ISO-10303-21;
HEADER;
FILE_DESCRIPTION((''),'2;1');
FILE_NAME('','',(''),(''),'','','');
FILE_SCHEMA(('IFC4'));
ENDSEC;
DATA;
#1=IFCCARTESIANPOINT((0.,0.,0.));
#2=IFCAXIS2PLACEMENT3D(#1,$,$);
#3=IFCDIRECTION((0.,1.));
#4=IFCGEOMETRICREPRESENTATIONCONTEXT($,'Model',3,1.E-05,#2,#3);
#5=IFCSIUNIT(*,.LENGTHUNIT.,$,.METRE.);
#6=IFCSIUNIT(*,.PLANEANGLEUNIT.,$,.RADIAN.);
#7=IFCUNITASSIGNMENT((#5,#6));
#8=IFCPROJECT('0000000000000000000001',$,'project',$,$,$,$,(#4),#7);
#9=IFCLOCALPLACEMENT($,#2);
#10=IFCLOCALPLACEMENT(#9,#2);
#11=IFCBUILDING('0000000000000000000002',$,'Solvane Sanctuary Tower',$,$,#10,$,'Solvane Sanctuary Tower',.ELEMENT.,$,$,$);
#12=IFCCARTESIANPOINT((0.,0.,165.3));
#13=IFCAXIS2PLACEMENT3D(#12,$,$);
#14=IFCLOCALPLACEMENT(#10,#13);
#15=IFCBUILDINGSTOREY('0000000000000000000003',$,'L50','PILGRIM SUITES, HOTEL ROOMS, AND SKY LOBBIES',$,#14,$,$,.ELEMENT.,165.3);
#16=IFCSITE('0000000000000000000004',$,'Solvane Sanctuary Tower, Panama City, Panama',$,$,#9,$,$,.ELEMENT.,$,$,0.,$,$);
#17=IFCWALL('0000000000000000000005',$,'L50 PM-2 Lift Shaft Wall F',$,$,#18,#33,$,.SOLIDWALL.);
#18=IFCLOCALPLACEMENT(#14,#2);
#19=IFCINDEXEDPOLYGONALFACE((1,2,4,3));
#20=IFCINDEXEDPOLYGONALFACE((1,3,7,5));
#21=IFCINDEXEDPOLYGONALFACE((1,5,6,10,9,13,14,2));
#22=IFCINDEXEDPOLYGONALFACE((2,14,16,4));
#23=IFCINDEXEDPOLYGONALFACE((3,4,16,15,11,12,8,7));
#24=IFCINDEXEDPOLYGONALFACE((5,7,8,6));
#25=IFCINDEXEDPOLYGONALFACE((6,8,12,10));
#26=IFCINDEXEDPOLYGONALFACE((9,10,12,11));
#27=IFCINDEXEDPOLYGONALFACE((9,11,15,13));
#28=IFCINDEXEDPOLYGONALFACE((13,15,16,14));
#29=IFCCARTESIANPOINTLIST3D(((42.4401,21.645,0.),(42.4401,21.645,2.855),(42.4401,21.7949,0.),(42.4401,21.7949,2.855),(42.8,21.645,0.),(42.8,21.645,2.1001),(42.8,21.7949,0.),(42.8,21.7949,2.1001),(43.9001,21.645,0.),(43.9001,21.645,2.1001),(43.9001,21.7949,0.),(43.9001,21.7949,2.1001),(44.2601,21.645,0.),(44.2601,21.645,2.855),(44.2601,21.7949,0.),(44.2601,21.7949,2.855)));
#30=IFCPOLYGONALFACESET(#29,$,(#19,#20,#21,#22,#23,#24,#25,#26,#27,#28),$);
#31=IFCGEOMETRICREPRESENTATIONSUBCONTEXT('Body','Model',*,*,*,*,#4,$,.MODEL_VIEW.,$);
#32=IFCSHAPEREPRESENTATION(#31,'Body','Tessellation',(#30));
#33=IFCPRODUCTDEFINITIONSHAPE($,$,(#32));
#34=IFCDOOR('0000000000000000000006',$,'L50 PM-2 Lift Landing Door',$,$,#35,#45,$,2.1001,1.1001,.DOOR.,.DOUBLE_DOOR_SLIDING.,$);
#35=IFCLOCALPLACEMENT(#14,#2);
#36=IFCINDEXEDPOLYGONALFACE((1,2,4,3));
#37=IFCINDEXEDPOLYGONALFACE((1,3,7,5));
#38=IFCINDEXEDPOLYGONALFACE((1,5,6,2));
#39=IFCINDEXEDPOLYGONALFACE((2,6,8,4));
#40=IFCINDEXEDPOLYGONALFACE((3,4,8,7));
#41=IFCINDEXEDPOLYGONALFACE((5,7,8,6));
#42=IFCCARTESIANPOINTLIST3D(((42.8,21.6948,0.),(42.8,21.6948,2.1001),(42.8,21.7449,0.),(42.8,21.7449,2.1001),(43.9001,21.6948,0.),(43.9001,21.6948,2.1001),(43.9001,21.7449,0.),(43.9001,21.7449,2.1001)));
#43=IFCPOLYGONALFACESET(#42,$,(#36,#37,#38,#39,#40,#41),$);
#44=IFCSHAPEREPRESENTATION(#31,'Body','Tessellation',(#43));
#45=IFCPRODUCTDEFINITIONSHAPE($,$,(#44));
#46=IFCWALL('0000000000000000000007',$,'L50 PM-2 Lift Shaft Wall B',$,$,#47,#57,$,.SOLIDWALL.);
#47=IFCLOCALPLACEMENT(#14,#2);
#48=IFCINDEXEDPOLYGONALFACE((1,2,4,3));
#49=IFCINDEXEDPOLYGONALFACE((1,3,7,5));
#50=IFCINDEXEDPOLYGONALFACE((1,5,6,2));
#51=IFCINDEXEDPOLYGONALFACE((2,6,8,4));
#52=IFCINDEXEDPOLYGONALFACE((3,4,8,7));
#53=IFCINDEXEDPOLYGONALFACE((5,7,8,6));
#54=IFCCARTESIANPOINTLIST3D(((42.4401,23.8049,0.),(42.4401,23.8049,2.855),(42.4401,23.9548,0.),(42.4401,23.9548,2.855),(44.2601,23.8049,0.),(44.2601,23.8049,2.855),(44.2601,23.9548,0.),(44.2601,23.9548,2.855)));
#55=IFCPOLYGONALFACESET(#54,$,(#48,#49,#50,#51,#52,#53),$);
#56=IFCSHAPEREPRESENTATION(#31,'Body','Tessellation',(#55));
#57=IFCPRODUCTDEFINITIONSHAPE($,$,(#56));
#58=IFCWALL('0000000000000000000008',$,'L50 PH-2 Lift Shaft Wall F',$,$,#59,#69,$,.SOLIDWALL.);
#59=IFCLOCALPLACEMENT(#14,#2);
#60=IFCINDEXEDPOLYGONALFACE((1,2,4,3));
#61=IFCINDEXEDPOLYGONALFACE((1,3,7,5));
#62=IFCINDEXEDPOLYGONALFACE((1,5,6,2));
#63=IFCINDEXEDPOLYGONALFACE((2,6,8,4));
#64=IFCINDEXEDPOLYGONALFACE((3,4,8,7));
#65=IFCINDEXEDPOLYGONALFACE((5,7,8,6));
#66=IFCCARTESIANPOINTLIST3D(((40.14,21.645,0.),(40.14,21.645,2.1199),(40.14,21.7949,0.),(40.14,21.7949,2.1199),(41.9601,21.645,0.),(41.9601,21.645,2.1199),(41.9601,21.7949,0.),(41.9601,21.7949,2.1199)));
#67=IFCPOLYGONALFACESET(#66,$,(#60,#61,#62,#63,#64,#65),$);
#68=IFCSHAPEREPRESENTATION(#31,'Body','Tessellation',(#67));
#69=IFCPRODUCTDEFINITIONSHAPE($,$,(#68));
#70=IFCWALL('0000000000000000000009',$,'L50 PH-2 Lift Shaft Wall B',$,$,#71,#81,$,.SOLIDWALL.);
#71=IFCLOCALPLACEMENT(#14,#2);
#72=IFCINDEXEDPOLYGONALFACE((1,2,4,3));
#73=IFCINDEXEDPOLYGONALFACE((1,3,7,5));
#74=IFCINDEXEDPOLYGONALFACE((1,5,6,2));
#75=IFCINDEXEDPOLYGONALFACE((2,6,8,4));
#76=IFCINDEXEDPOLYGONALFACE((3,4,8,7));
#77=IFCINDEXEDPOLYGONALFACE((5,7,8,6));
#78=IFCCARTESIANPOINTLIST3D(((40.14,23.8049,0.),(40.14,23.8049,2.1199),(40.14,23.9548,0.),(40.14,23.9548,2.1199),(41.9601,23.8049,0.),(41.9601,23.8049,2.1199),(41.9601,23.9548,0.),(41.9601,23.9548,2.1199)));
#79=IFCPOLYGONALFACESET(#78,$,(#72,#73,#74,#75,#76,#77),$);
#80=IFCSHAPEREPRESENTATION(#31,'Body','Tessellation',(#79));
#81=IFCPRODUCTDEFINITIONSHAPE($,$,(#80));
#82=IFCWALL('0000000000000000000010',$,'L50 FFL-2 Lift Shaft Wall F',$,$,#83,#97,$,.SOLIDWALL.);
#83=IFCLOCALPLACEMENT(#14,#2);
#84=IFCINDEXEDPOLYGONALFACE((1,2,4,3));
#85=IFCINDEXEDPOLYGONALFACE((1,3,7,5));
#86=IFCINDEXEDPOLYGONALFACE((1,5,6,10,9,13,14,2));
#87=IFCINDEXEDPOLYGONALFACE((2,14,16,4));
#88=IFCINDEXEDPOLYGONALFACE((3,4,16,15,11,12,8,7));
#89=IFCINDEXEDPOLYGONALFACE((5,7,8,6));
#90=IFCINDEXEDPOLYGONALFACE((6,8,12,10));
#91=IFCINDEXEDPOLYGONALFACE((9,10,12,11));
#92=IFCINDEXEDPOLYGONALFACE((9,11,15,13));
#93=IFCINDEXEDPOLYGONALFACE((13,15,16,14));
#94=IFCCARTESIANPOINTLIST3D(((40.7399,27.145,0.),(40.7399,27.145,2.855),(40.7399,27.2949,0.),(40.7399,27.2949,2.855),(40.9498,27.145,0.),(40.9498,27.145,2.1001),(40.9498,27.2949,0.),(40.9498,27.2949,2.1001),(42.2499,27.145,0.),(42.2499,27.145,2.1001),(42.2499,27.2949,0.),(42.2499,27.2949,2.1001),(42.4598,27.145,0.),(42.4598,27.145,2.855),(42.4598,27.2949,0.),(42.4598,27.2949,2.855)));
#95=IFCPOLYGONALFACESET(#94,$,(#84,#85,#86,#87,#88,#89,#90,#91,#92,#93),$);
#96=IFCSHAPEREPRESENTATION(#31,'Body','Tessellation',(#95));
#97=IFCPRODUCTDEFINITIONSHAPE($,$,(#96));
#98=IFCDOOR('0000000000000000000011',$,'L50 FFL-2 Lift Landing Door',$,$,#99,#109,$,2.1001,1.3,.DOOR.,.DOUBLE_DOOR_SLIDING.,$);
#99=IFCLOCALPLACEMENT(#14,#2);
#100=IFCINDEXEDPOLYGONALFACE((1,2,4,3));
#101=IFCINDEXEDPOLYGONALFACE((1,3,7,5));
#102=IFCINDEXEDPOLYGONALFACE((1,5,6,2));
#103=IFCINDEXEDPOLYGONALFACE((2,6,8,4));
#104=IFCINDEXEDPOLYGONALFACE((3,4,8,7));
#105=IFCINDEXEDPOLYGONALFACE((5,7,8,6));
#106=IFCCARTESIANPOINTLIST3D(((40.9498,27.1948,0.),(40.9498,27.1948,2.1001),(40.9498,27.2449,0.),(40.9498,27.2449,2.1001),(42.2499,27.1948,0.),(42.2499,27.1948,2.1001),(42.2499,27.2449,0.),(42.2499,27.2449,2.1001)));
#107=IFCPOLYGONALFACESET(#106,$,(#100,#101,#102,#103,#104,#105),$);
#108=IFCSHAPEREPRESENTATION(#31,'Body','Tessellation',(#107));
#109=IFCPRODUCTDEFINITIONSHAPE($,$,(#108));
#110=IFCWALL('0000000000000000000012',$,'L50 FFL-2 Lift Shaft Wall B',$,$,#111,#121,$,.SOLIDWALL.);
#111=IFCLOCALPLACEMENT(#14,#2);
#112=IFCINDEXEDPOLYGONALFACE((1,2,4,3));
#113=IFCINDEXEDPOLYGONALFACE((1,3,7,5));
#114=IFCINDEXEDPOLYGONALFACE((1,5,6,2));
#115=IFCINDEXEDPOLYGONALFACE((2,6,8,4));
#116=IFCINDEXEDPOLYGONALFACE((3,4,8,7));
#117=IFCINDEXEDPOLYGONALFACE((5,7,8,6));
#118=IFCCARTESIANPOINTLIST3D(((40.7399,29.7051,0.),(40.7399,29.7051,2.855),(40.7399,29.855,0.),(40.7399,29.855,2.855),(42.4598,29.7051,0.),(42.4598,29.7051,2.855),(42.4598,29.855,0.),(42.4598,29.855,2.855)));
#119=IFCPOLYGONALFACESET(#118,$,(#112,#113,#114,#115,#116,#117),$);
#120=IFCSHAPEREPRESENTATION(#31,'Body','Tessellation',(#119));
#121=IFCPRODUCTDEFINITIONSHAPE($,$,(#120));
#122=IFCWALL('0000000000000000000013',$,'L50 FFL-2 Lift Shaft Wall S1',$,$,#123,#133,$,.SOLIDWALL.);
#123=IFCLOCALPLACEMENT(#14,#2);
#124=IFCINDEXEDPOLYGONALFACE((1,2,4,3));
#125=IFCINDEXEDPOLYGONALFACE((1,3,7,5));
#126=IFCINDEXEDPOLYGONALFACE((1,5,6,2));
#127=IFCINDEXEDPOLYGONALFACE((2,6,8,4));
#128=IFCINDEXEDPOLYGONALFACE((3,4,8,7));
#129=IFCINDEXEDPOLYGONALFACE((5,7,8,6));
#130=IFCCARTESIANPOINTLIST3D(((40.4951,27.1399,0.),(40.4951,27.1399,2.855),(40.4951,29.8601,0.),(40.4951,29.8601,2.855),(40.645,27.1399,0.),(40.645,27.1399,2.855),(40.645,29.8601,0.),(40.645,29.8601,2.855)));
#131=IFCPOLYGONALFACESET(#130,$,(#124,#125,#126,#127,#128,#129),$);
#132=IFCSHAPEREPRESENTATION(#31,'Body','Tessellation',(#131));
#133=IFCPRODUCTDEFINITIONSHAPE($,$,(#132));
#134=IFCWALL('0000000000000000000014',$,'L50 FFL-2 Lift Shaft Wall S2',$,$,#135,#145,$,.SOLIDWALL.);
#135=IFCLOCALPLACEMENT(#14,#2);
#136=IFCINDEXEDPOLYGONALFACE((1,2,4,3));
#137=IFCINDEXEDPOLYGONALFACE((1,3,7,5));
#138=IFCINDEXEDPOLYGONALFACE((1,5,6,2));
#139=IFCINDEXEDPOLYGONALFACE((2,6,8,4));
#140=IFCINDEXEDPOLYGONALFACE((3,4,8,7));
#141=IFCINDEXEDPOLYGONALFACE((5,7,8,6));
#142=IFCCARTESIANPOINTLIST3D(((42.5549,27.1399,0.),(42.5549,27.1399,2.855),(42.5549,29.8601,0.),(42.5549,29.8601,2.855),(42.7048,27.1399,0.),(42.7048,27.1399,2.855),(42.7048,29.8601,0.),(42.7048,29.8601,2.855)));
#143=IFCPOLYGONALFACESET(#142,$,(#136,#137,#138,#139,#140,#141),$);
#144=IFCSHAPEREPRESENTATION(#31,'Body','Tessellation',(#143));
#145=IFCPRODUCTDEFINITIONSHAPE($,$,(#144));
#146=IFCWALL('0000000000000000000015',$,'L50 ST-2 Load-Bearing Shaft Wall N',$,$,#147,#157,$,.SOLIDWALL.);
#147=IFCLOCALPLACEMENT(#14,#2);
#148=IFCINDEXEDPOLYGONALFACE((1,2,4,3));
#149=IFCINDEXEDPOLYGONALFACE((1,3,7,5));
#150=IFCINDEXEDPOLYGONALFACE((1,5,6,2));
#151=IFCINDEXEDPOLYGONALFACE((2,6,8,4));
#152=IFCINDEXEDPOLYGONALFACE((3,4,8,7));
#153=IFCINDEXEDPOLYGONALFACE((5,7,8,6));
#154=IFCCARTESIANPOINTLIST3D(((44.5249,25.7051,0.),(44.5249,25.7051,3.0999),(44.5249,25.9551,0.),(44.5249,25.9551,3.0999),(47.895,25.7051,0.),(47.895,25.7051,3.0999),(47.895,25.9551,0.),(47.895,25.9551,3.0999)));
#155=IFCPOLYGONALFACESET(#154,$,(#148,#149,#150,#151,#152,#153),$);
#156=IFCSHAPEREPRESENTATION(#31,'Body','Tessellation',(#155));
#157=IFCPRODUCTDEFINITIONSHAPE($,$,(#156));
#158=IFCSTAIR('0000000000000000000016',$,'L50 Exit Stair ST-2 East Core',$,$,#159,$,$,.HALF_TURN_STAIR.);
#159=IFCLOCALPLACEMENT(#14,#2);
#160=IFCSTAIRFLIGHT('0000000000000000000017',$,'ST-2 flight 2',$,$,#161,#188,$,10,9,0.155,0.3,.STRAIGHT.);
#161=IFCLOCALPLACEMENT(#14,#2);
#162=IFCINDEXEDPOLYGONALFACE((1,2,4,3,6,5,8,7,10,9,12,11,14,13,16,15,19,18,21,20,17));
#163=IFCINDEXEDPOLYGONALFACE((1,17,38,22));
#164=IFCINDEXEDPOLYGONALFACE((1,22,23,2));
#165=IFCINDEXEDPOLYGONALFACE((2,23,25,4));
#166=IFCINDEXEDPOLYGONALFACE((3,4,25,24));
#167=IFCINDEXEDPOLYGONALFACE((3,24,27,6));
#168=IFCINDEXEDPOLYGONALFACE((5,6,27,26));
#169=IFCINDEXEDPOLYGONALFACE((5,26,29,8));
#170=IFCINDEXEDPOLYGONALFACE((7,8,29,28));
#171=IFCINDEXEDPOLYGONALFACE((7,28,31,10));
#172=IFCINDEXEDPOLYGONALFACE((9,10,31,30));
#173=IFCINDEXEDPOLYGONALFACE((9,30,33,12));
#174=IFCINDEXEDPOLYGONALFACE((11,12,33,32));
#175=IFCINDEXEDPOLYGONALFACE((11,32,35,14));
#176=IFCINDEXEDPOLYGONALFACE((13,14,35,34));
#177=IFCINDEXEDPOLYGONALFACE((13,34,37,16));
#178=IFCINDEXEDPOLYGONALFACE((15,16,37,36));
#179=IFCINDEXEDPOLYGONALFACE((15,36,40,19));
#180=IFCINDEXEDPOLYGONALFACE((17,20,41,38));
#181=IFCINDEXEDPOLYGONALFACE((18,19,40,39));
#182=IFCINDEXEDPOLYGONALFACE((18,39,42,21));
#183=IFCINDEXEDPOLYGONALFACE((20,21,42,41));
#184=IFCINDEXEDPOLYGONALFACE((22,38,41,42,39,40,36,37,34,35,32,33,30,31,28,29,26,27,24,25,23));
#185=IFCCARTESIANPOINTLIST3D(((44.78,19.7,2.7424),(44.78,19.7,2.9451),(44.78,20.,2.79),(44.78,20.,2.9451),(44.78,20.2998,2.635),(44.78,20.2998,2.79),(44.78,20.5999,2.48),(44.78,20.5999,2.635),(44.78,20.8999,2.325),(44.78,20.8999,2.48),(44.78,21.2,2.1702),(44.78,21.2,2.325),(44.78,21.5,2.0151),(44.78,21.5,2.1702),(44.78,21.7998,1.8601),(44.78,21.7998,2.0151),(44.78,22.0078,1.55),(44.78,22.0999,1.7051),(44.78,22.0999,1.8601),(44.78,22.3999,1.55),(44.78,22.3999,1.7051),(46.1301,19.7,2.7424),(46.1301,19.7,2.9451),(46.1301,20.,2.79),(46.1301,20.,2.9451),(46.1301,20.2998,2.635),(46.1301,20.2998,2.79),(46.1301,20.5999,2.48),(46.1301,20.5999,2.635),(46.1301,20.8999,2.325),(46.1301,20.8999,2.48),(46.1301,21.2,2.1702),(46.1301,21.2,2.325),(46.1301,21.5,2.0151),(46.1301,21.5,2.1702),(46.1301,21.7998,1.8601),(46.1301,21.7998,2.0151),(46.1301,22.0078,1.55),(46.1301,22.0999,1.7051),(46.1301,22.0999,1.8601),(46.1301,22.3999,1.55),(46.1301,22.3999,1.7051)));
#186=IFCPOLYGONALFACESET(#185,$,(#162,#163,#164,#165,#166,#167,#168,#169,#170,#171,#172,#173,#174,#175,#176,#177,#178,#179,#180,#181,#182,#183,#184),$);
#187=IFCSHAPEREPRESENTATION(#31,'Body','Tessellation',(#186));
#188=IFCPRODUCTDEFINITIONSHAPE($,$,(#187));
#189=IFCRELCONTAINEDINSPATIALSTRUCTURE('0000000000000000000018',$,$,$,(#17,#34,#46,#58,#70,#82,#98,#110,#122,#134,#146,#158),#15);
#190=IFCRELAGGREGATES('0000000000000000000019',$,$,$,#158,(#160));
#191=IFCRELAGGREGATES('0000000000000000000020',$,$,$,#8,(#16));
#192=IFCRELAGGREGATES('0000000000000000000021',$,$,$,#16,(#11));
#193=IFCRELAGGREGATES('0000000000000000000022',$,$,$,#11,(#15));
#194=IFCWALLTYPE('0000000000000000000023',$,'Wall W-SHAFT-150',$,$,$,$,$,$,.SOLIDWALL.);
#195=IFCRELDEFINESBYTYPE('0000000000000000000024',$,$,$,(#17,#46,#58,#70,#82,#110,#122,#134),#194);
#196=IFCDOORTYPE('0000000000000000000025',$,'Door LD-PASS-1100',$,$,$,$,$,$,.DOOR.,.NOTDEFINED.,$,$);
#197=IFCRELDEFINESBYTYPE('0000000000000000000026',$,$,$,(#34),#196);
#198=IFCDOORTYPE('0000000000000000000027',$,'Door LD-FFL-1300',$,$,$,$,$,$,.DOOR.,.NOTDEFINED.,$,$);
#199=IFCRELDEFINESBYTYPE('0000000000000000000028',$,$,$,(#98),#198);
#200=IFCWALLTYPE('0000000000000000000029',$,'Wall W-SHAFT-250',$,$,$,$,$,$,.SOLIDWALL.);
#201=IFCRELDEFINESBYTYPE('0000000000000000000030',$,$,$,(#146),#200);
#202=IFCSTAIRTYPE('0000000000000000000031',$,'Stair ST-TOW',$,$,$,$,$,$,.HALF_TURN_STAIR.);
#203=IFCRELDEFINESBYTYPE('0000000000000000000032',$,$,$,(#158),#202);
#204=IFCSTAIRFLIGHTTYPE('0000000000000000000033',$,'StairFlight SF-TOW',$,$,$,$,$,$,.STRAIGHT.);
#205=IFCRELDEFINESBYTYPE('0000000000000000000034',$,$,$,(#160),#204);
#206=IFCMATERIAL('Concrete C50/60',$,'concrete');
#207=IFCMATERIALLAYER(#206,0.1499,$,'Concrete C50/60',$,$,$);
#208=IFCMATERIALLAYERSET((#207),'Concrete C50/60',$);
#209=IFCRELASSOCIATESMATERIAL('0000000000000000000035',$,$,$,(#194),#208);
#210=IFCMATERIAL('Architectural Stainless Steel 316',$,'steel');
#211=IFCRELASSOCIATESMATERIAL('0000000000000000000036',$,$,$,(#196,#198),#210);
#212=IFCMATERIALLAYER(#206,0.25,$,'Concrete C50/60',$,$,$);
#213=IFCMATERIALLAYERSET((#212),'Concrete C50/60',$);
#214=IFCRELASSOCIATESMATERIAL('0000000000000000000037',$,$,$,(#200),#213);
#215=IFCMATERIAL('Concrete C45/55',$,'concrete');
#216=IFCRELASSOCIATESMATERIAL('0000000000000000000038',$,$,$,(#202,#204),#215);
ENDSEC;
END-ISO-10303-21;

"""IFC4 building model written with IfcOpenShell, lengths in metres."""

from ifc_helpers import new_model, si_unit, direction, frame, frame_2d, origin, place, context, subcontext, project, spatial, polyline, rectangle, outline, extrude, material, layer, layer_set, type_object, element, fill, aggregate, save


model = new_model("IFC4")

# Units and contexts
model_context = context("Model", 3, precision=1e-05, world=origin(), true_north=direction((0.0, 1.0)))
body_context = subcontext(model_context, "Body", "Model", "MODEL_VIEW")
ifc_project = project(units=[si_unit("LENGTHUNIT", "METRE"), si_unit("PLANEANGLEUNIT", "RADIAN")], contexts=[model_context])

# Site, building, storey
site_placement = place(None, origin())
site = spatial("IfcSite", under=ifc_project, at=site_placement, Name="Solvane Sanctuary Tower, Panama City, Panama", CompositionType="ELEMENT", RefElevation=0.0)
building_placement = place(site_placement, origin())
building = spatial("IfcBuilding", under=site, at=building_placement, Name="Solvane Sanctuary Tower", LongName="Solvane Sanctuary Tower", CompositionType="ELEMENT")
storey_placement = place(building_placement, frame((0.0, 0.0, 165.3)))
storey = spatial("IfcBuildingStorey", under=building, at=storey_placement, Name="L50", Description="PILGRIM SUITES, HOTEL ROOMS, AND SKY LOBBIES", CompositionType="ELEMENT", Elevation=165.3)

# Shared definitions
ifc_material_1 = material(Name="Architectural Stainless Steel 316", Category="steel")

# Wall, opening, door
ifc_material_2 = material(Name="Concrete C50/60", Category="concrete")
ifc_layer_1 = layer(ifc_material_2, 0.1499, Name="Concrete C50/60")
ifc_layer_set_1 = layer_set([ifc_layer_1], Name="Concrete C50/60")
wall_type_1 = type_object("IfcWallType", Name="Wall W-SHAFT-150", PredefinedType="SOLIDWALL", material=ifc_layer_set_1)
wall_1_placement = place(storey_placement, frame((42.4399, 21.72, 0.0), z_axis=(0.0, 0.0, 1.0), x_axis=(1.0, 0.0, 0.0)))
wall_1 = element("IfcWall", 1, at=wall_1_placement, inside=storey, type_object=wall_type_1, Name="L50 PM-2 Lift Shaft Wall F", PredefinedType="SOLIDWALL", context=body_context, shape_type="SweptSolid", body=[
    extrude(rectangle(XDim=1.8201, YDim=0.1499, at=frame_2d((0.9102, 0.0))), origin(), (0.0, 0.0, 1.0), 2.855),
])
opening_1_placement = place(wall_1_placement, frame((0.3601, 0.0, 0.0)))
opening_1 = element("IfcOpeningElement", 2, at=opening_1_placement, cuts=wall_1, PredefinedType="OPENING", context=body_context, shape_type="SweptSolid", body=[
    extrude(rectangle(XDim=1.1001, YDim=2.1001, at=frame_2d((0.55, 1.05))), frame((0.0, 0.085, 0.0), z_axis=(0.0, -1.0, 0.0), x_axis=(1.0, 0.0, 0.0)), (0.0, 0.0, 1.0), 0.1699),
])
door_type_1 = type_object("IfcDoorType", Name="Door LD-PASS-1100", OperationType="NOTDEFINED", PredefinedType="DOOR", material=ifc_material_1)
door_1_placement = place(opening_1_placement, origin())
door_1 = element("IfcDoor", 3, at=door_1_placement, inside=storey, type_object=door_type_1, Name="L50 PM-2 Lift Landing Door", OperationType="DOUBLE_DOOR_SLIDING", OverallHeight=2.1001, OverallWidth=1.1001, PredefinedType="DOOR", context=body_context, shape_type="SweptSolid", body=[
    extrude(rectangle(XDim=1.1001, YDim=2.1001, at=frame_2d((0.55, 1.05))), frame((0.0, 0.0249, 0.0), z_axis=(0.0, -1.0, 0.0), x_axis=(1.0, 0.0, 0.0)), (0.0, 0.0, 1.0), 0.05),
])
fill(opening_1, door_1)

# Walls
wall_2_placement = place(storey_placement, frame((42.4399, 23.8799, 0.0), z_axis=(0.0, 0.0, 1.0), x_axis=(1.0, 0.0, 0.0)))
element("IfcWall", 4, at=wall_2_placement, inside=storey, type_object=wall_type_1, Name="L50 PM-2 Lift Shaft Wall B", PredefinedType="SOLIDWALL", context=body_context, shape_type="SweptSolid", body=[
    extrude(rectangle(XDim=1.8201, YDim=0.1499, at=frame_2d((0.9102, 0.0))), origin(), (0.0, 0.0, 1.0), 2.855),
])
for number, where, z_axis, x_axis, name in (
    (5, (40.1399, 21.72, 0.0), (0.0, 0.0, 1.0), (1.0, 0.0, 0.0), "L50 PH-2 Lift Shaft Wall F"),
    (6, (40.1399, 23.8799, 0.0), (0.0, 0.0, 1.0), (1.0, 0.0, 0.0), "L50 PH-2 Lift Shaft Wall B"),
):
    element("IfcWall", number, at=place(storey_placement, frame(where, z_axis=z_axis, x_axis=x_axis)), inside=storey, type_object=wall_type_1, Name=name, PredefinedType="SOLIDWALL", context=body_context, shape_type="SweptSolid", body=[
        extrude(rectangle(XDim=1.8201, YDim=0.1499, at=frame_2d((0.9102, 0.0))), origin(), (0.0, 0.0, 1.0), 2.1199),
    ])

# Wall, opening, door
wall_3_placement = place(storey_placement, frame((40.74, 27.22, 0.0), z_axis=(0.0, 0.0, 1.0), x_axis=(1.0, 0.0, 0.0)))
wall_3 = element("IfcWall", 7, at=wall_3_placement, inside=storey, type_object=wall_type_1, Name="L50 FFL-2 Lift Shaft Wall F", PredefinedType="SOLIDWALL", context=body_context, shape_type="SweptSolid", body=[
    extrude(rectangle(XDim=1.72, YDim=0.1499, at=frame_2d((0.8599, 0.0))), origin(), (0.0, 0.0, 1.0), 2.855),
])
opening_2_placement = place(wall_3_placement, frame((0.21, 0.0, 0.0)))
opening_2 = element("IfcOpeningElement", 8, at=opening_2_placement, cuts=wall_3, PredefinedType="OPENING", context=body_context, shape_type="SweptSolid", body=[
    extrude(rectangle(XDim=1.3, YDim=2.1001, at=frame_2d((0.6499, 1.05))), frame((0.0, 0.085, 0.0), z_axis=(0.0, -1.0, 0.0), x_axis=(1.0, 0.0, 0.0)), (0.0, 0.0, 1.0), 0.1699),
])
door_type_2 = type_object("IfcDoorType", Name="Door LD-FFL-1300", OperationType="NOTDEFINED", PredefinedType="DOOR", material=ifc_material_1)
door_2_placement = place(opening_2_placement, origin())
door_2 = element("IfcDoor", 9, at=door_2_placement, inside=storey, type_object=door_type_2, Name="L50 FFL-2 Lift Landing Door", OperationType="DOUBLE_DOOR_SLIDING", OverallHeight=2.1001, OverallWidth=1.3, PredefinedType="DOOR", context=body_context, shape_type="SweptSolid", body=[
    extrude(rectangle(XDim=1.3, YDim=2.1001, at=frame_2d((0.6499, 1.05))), frame((0.0, 0.0249, 0.0), z_axis=(0.0, -1.0, 0.0), x_axis=(1.0, 0.0, 0.0)), (0.0, 0.0, 1.0), 0.05),
])
fill(opening_2, door_2)

# Walls
wall_4_placement = place(storey_placement, frame((40.74, 29.78, 0.0), z_axis=(0.0, 0.0, 1.0), x_axis=(1.0, 0.0, 0.0)))
element("IfcWall", 10, at=wall_4_placement, inside=storey, type_object=wall_type_1, Name="L50 FFL-2 Lift Shaft Wall B", PredefinedType="SOLIDWALL", context=body_context, shape_type="SweptSolid", body=[
    extrude(rectangle(XDim=1.72, YDim=0.1499, at=frame_2d((0.8599, 0.0))), origin(), (0.0, 0.0, 1.0), 2.855),
])
for number, where, z_axis, x_axis, name in (
    (11, (40.5701, 27.1399, 0.0), (0.0, 0.0, 1.0), (0.0, 1.0, 0.0), "L50 FFL-2 Lift Shaft Wall S1"),
    (12, (42.6299, 27.1399, 0.0), (0.0, 0.0, 1.0), (0.0, 1.0, 0.0), "L50 FFL-2 Lift Shaft Wall S2"),
):
    element("IfcWall", number, at=place(storey_placement, frame(where, z_axis=z_axis, x_axis=x_axis)), inside=storey, type_object=wall_type_1, Name=name, PredefinedType="SOLIDWALL", context=body_context, shape_type="SweptSolid", body=[
        extrude(rectangle(XDim=2.7202, YDim=0.1499, at=frame_2d((1.3601, 0.0))), origin(), (0.0, 0.0, 1.0), 2.855),
    ])
ifc_layer_2 = layer(ifc_material_2, 0.25, Name="Concrete C50/60")
ifc_layer_set_2 = layer_set([ifc_layer_2], Name="Concrete C50/60")
wall_type_2 = type_object("IfcWallType", Name="Wall W-SHAFT-250", PredefinedType="SOLIDWALL", material=ifc_layer_set_2)
wall_5_placement = place(storey_placement, frame((44.5249, 25.8301, 0.0), z_axis=(0.0, 0.0, 1.0), x_axis=(1.0, 0.0, 0.0)))
element("IfcWall", 13, at=wall_5_placement, inside=storey, type_object=wall_type_2, Name="L50 ST-2 Load-Bearing Shaft Wall N", PredefinedType="SOLIDWALL", context=body_context, shape_type="SweptSolid", body=[
    extrude(rectangle(XDim=3.3701, YDim=0.25, at=frame_2d((1.6851, 0.0))), origin(), (0.0, 0.0, 1.0), 3.0999),
])

# Stair, stair flight
ifc_material_3 = material(Name="Concrete C45/55", Category="concrete")
stair_type = type_object("IfcStairType", Name="Stair ST-TOW", PredefinedType="HALF_TURN_STAIR", material=ifc_material_3)
stair_placement = place(storey_placement, origin())
stair = element("IfcStair", 14, at=stair_placement, inside=storey, type_object=stair_type, Name="L50 Exit Stair ST-2 East Core", PredefinedType="HALF_TURN_STAIR")
stair_flight_type = type_object("IfcStairFlightType", Name="StairFlight SF-TOW", PredefinedType="STRAIGHT", material=ifc_material_3)
stair_flight_placement = place(storey_placement, frame((45.4551, 22.3999, 1.55), z_axis=(0.0, 0.0, 1.0), x_axis=(0.0, -1.0, 0.0)))
stair_flight = element("IfcStairFlight", 15, at=stair_flight_placement, type_object=stair_flight_type, Name="ST-2 flight 2", NumberOfRisers=10, NumberOfTreads=9, PredefinedType="STRAIGHT", RiserHeight=0.155, TreadLength=0.3, context=body_context, shape_type="SweptSolid", body=[
    extrude(outline(polyline([(0.0, 0.0), (0.0, 0.155), (0.3, 0.155), (0.3, 0.3101), (0.6001, 0.3101), (0.6001, 0.4651), (0.8999, 0.4651), (0.8999, 0.6201), (1.2, 0.6201), (1.2, 0.7749), (1.5, 0.7749), (1.5, 0.9299), (1.8, 0.9299), (1.8, 1.085), (2.1001, 1.085), (2.1001, 1.24), (2.3999, 1.24), (2.3999, 1.395), (2.7, 1.395), (2.7, 1.55), (2.7, 1.1924), (0.3921, 0.0), (0.0, 0.0)])), frame((0.0, 0.675, 0.0), z_axis=(0.0, -1.0, 0.0), x_axis=(1.0, 0.0, 0.0)), (0.0, 0.0, 1.0), 1.3501),
])
aggregate(stair, [stair_flight])

save(model, "model.ifc")
